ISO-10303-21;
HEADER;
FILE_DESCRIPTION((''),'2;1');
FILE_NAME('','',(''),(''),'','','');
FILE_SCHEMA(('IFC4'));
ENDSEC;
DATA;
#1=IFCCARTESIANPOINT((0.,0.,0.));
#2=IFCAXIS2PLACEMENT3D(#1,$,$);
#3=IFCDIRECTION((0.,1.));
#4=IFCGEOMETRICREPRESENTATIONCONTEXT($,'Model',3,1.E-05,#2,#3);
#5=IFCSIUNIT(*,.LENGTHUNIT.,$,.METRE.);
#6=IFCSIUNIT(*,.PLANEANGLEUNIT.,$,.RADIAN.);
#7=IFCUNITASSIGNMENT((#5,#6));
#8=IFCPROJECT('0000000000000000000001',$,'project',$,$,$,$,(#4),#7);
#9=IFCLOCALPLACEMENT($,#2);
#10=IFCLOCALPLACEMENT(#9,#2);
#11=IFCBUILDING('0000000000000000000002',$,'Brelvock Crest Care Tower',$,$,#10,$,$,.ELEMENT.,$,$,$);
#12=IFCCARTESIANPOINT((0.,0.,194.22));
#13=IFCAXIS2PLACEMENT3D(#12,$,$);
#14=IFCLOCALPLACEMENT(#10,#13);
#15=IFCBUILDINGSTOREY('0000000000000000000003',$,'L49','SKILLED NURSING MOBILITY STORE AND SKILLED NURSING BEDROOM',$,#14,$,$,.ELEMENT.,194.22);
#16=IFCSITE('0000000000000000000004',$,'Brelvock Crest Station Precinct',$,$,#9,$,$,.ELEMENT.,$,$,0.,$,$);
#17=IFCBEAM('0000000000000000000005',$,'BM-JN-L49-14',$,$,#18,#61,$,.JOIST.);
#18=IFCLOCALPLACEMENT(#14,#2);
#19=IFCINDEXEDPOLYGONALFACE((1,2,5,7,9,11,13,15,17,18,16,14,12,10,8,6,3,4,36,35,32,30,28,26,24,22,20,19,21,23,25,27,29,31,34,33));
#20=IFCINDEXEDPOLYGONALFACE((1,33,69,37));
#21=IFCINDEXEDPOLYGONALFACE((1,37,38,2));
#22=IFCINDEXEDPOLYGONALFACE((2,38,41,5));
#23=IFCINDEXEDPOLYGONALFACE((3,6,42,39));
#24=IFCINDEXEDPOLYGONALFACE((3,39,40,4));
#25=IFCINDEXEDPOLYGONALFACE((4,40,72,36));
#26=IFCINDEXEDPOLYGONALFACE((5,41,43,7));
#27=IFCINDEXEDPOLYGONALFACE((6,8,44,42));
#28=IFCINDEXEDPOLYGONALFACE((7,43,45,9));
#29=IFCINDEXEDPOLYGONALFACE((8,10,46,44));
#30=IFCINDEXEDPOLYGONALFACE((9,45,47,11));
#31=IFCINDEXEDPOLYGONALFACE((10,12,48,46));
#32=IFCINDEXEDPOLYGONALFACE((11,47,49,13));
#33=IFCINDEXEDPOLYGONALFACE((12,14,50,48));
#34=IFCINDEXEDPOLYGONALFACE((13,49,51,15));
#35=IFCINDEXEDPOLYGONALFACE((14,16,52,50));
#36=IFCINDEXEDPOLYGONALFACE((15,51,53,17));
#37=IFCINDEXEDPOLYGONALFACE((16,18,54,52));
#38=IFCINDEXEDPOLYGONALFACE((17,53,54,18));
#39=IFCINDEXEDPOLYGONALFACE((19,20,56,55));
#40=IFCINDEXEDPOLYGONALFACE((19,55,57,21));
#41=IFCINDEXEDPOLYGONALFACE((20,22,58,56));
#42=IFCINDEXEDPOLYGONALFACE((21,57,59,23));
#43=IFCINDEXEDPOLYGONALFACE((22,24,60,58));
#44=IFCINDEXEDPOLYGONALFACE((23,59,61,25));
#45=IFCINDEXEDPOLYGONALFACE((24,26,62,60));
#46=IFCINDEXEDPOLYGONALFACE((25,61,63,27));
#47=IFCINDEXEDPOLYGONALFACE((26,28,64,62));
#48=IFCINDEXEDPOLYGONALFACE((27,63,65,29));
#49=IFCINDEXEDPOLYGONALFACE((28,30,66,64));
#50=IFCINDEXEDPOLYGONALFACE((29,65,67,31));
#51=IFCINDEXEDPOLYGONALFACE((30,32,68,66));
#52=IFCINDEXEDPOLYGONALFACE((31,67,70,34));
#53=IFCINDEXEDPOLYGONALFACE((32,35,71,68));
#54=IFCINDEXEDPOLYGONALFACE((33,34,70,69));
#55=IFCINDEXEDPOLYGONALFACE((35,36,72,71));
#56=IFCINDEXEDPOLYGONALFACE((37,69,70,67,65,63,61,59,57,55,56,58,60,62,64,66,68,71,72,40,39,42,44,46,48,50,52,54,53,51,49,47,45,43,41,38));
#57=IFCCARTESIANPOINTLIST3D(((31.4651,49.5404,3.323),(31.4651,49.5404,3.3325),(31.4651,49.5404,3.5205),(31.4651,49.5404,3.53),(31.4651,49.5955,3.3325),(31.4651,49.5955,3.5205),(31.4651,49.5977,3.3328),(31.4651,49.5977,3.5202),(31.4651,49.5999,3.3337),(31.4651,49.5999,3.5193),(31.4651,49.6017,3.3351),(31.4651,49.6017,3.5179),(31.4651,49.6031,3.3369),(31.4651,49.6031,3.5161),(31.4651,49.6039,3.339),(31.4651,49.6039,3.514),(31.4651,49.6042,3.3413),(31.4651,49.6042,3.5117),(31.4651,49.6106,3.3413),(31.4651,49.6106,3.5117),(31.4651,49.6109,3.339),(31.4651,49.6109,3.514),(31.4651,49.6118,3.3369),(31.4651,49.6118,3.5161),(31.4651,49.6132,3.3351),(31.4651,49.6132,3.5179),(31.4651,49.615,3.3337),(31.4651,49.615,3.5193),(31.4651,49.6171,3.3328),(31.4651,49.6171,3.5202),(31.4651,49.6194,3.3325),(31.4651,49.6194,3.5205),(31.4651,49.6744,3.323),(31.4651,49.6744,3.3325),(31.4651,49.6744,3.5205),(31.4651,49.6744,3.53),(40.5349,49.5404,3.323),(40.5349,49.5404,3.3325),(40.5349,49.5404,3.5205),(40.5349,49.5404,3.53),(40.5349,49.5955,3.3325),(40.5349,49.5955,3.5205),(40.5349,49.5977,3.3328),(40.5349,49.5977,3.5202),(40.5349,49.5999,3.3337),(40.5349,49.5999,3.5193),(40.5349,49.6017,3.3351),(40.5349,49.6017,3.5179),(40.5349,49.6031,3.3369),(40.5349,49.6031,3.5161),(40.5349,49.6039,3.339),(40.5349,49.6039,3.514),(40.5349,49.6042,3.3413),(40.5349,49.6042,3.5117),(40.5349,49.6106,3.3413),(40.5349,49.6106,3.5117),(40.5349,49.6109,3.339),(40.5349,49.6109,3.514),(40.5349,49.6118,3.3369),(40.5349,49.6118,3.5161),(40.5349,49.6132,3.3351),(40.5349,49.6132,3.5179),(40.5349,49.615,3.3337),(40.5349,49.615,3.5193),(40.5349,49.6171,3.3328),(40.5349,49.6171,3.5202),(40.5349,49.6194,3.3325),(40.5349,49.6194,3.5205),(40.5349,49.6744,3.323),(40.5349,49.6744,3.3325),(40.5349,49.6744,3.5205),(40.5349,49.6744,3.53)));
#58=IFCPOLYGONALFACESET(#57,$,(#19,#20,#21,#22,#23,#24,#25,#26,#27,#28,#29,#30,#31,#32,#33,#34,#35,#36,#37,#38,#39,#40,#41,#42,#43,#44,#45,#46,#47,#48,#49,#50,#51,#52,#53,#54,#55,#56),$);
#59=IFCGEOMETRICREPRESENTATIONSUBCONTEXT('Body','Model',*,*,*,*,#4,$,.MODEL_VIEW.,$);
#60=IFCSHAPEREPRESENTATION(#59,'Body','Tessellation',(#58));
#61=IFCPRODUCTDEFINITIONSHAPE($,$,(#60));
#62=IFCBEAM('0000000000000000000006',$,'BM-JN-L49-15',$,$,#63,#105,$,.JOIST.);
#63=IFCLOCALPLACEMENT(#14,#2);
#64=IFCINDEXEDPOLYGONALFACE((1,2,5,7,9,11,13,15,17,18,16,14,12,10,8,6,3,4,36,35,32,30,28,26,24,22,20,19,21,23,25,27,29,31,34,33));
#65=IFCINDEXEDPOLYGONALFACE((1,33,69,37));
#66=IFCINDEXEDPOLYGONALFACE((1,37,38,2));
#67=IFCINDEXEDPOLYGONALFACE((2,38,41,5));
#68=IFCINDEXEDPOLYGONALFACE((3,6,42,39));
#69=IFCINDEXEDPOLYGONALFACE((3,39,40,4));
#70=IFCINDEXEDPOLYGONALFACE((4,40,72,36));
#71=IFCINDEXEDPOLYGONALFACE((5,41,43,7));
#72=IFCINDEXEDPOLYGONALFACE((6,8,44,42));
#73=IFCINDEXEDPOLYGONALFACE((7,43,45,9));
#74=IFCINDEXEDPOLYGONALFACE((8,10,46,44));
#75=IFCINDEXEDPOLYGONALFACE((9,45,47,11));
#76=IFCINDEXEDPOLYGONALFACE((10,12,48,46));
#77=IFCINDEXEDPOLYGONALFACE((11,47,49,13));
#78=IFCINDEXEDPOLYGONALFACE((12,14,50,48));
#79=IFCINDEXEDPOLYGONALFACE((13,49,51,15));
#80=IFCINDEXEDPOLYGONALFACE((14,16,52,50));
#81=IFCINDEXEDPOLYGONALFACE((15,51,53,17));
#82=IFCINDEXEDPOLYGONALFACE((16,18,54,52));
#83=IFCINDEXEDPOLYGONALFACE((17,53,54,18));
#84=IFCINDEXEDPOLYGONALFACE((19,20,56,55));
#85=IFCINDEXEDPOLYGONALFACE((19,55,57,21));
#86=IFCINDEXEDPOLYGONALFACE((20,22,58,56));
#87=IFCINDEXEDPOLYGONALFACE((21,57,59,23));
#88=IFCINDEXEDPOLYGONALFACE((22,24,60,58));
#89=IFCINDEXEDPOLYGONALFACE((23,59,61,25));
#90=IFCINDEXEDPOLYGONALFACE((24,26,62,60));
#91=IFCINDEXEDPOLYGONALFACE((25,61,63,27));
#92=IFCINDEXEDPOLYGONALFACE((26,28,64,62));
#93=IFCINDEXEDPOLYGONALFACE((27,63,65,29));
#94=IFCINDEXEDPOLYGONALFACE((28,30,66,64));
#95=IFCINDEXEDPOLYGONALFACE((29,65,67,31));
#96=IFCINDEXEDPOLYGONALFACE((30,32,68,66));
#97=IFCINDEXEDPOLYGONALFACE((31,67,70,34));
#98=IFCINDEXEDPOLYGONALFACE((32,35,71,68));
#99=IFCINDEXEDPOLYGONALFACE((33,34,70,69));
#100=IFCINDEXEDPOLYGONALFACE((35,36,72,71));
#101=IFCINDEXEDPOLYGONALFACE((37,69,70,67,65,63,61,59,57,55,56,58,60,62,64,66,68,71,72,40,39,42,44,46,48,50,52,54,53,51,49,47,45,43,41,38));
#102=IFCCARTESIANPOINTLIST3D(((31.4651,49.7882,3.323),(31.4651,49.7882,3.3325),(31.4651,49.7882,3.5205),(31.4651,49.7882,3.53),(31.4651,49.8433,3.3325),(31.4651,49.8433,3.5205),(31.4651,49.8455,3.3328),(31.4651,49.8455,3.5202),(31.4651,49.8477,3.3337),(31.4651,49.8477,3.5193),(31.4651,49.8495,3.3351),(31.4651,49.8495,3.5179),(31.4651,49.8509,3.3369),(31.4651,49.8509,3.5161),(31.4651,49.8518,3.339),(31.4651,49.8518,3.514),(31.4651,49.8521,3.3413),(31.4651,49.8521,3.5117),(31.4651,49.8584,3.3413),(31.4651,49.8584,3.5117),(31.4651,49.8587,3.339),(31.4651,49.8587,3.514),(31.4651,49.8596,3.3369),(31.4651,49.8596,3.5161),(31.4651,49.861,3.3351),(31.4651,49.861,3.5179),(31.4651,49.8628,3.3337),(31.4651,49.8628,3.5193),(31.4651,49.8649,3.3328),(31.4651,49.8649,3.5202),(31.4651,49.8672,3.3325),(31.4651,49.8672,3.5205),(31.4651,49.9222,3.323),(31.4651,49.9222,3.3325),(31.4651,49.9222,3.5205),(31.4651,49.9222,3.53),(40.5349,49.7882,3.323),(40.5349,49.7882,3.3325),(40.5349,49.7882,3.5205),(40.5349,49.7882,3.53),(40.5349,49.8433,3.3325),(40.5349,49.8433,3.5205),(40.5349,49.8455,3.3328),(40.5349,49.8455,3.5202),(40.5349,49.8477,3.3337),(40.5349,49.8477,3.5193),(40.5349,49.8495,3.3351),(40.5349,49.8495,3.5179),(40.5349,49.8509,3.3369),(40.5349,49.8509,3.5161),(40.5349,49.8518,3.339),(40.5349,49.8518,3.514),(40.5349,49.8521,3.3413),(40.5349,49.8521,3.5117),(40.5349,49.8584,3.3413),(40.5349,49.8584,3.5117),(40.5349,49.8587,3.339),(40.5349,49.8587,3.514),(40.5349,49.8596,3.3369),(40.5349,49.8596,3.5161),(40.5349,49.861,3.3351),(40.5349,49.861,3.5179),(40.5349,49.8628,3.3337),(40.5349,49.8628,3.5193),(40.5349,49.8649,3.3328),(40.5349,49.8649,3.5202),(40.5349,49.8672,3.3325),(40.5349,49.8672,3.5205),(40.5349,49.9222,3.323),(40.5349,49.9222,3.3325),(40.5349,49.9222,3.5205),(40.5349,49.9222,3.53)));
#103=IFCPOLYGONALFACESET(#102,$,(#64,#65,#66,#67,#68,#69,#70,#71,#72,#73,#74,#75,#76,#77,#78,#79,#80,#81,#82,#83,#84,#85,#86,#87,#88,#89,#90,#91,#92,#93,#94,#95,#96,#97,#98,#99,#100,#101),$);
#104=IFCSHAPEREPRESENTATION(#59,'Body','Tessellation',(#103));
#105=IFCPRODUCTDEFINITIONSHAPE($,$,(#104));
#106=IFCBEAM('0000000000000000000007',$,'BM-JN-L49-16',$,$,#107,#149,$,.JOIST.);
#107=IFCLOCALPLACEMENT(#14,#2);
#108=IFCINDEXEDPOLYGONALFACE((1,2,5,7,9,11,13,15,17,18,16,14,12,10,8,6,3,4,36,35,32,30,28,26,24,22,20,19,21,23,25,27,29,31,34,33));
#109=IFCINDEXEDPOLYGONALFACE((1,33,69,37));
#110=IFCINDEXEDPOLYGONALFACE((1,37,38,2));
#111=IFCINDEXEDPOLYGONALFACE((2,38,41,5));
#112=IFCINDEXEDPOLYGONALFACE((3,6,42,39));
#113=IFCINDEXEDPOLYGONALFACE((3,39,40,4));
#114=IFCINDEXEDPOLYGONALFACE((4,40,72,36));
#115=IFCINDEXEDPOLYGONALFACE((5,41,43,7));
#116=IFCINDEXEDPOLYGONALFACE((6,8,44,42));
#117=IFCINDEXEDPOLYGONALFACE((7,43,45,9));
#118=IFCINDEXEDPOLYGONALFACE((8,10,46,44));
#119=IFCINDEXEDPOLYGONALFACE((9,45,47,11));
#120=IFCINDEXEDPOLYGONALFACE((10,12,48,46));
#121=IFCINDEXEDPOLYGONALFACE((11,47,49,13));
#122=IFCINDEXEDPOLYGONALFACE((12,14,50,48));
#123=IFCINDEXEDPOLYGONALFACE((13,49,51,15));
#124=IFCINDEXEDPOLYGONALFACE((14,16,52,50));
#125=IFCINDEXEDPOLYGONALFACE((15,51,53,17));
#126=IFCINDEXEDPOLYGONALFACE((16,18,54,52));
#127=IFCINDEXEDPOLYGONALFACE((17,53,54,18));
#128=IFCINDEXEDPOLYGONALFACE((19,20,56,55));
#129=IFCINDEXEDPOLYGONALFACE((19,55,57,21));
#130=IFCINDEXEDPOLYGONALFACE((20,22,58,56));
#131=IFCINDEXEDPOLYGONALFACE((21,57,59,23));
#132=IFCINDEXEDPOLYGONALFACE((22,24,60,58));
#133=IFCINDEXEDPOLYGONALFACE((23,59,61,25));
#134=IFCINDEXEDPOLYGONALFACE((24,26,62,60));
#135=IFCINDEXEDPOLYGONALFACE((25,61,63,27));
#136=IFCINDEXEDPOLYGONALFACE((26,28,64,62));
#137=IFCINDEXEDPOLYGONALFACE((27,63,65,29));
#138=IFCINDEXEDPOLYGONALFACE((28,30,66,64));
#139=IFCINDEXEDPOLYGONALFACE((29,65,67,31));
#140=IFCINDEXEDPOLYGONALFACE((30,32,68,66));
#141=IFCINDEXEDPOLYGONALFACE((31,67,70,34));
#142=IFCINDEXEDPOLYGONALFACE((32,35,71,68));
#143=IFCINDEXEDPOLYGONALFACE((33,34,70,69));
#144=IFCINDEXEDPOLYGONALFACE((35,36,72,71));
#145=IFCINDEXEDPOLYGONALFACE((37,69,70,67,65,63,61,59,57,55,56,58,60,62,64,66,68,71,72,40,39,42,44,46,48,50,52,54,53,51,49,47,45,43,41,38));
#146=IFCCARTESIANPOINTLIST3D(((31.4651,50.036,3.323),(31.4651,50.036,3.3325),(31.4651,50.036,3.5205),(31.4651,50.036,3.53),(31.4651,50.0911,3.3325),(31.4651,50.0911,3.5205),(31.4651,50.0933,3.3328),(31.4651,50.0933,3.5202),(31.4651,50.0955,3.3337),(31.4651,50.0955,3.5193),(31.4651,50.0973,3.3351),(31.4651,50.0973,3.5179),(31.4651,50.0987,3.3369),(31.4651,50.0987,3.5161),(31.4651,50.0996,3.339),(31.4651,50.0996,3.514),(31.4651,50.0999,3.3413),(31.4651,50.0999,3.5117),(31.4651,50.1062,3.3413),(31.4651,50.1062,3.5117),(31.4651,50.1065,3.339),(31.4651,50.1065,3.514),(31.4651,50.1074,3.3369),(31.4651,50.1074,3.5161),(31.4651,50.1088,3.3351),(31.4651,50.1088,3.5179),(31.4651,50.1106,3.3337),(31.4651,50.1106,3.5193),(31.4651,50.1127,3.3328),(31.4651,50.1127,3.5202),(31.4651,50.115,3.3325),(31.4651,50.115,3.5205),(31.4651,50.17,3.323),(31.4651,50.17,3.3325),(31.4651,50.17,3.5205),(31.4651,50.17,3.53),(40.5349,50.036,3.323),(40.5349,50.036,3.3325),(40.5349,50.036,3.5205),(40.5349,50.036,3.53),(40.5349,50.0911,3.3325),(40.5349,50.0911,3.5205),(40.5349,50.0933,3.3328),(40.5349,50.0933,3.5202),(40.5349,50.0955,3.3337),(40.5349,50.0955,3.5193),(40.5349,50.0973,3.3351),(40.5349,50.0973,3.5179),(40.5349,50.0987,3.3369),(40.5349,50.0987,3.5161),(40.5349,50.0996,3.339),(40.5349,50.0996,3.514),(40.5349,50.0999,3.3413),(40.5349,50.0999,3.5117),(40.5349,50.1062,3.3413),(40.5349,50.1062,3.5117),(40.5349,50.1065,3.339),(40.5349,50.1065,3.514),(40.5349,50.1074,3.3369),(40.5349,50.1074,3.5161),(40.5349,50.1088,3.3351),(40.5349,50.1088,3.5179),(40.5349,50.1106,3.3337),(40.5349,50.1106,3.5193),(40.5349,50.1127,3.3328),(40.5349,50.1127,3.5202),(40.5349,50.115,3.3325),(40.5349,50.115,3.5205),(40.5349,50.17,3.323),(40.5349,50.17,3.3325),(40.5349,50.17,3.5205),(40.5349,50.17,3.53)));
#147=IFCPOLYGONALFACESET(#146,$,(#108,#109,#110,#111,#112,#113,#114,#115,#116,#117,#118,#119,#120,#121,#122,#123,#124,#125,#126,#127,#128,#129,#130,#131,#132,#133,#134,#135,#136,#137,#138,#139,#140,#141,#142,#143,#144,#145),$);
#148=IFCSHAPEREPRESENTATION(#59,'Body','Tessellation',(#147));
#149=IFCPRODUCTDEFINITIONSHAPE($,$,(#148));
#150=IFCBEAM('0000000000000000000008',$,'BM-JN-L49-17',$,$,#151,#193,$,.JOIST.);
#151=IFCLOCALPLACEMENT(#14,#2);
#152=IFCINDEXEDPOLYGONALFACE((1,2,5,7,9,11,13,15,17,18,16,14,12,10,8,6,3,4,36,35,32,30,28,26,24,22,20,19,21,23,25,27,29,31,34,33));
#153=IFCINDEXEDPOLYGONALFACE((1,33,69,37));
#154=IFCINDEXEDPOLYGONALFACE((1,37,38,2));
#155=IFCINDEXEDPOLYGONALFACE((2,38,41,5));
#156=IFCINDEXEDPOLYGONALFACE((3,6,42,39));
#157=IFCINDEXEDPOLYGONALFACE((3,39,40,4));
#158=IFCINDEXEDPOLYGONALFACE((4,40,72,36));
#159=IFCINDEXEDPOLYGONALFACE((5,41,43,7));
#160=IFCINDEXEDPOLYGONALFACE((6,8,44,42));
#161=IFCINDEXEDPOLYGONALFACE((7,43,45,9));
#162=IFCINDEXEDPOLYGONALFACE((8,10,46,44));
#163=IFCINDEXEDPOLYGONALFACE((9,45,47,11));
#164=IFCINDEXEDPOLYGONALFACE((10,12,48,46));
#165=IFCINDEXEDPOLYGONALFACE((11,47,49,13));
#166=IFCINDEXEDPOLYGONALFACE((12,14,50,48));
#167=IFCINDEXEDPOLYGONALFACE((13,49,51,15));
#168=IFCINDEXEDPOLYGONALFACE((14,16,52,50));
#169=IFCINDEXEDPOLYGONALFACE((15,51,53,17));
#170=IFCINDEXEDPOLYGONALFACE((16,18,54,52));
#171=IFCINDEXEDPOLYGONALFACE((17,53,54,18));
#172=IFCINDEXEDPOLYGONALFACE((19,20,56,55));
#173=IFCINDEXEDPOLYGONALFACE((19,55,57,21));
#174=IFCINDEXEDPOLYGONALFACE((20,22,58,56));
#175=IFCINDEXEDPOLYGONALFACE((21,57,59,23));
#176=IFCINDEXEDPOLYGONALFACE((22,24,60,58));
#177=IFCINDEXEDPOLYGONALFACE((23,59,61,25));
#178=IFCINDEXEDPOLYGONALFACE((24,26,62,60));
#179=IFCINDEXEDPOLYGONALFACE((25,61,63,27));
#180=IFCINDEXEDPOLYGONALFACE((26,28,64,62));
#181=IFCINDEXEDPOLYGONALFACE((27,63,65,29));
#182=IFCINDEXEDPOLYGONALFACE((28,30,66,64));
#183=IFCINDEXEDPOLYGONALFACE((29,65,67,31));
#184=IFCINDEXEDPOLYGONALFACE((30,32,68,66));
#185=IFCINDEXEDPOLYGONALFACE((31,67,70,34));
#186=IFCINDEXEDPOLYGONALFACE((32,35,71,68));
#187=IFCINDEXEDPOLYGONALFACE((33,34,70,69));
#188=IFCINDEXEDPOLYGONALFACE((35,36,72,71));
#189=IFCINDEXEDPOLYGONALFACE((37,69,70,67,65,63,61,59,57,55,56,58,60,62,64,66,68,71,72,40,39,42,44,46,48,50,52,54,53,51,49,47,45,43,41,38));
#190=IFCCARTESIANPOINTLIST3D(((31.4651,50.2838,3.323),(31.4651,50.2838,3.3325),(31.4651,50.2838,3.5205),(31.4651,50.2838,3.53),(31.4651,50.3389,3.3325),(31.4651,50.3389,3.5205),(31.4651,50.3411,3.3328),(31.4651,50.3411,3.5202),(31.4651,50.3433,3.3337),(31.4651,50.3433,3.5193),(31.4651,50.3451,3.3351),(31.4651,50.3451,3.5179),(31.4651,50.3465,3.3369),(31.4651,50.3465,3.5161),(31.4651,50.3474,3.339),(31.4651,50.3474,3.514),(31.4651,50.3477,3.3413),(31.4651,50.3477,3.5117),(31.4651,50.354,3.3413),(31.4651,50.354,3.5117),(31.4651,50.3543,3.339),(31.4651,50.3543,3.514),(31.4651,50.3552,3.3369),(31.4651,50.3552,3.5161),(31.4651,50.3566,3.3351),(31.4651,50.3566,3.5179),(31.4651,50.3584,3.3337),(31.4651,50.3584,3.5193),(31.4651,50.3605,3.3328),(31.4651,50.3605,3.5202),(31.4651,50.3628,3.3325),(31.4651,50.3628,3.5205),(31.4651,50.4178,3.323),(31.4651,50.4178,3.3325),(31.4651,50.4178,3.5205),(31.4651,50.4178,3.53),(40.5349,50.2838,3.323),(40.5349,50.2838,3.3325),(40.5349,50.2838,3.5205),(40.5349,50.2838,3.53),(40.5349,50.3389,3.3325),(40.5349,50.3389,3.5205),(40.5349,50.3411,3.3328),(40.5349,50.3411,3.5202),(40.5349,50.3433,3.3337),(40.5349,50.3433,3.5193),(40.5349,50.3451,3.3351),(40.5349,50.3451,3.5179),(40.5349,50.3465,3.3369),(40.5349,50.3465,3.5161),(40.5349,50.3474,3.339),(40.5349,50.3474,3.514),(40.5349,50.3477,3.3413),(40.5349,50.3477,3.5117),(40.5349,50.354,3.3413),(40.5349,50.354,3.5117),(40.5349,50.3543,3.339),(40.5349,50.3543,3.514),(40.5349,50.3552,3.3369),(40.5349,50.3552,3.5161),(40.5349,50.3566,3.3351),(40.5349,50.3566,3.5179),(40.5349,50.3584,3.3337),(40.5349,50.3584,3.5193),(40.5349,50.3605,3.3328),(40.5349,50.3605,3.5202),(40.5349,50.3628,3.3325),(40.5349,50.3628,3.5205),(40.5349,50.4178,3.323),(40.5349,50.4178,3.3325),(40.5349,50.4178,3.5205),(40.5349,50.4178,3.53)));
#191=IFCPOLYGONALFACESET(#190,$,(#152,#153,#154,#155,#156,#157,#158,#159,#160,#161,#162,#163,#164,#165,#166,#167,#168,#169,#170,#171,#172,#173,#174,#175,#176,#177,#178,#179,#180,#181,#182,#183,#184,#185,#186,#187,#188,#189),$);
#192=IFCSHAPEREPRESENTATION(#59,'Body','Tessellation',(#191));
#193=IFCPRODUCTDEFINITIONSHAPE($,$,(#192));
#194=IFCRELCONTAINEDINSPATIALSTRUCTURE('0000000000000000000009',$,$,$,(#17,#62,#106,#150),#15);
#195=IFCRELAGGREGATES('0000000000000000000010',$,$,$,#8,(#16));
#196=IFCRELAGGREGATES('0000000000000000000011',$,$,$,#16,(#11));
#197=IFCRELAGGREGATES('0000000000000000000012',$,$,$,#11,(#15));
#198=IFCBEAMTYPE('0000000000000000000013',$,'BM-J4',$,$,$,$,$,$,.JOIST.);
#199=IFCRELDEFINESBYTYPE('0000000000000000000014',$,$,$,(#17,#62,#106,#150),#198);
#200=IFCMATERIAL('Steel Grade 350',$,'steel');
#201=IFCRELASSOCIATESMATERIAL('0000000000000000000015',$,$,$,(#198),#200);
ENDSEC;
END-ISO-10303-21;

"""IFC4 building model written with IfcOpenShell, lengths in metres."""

from ifc_helpers import new_model, si_unit, direction, frame, origin, origin_2d, place, context, subcontext, project, spatial, i_section, extrude, source, transform, mapped, material, material_profile, profile_set, type_object, element, save


model = new_model("IFC4")

# Units and contexts
model_context = context("Model", 3, precision=1e-05, world=origin(), true_north=direction((0.0, 1.0)))
body_context = subcontext(model_context, "Body", "Model", "MODEL_VIEW")
ifc_project = project(units=[si_unit("LENGTHUNIT", "METRE"), si_unit("PLANEANGLEUNIT", "RADIAN")], contexts=[model_context])

# Site, building, storey
site_placement = place(None, origin())
site = spatial("IfcSite", under=ifc_project, at=site_placement, Name="Brelvock Crest Station Precinct", CompositionType="ELEMENT", RefElevation=0.0)
building_placement = place(site_placement, origin())
building = spatial("IfcBuilding", under=site, at=building_placement, Name="Brelvock Crest Care Tower", CompositionType="ELEMENT")
storey_placement = place(building_placement, frame((0.0, 0.0, 194.22)))
storey = spatial("IfcBuildingStorey", under=building, at=storey_placement, Name="L49", Description="SKILLED NURSING MOBILITY STORE AND SKILLED NURSING BEDROOM", CompositionType="ELEMENT", Elevation=194.22)

# Shared definitions
ifc_material_1 = material(Name="Steel Grade 350", Category="steel")

# Beams
ifc_material_profile_1 = material_profile(ifc_material_1, i_section(OverallWidth=0.134, OverallDepth=0.207, WebThickness=0.0063, FlangeThickness=0.0095, FilletRadius=0.0088, at=origin_2d()), Name="200UB29.8")
ifc_profile_set_1 = profile_set([ifc_material_profile_1], Name="Steel Grade 350")
beam_type_1 = type_object("IfcBeamType", Name="BM-J4", PredefinedType="JOIST", material=ifc_profile_set_1)
shared_shape_1 = source(origin(), body_context, "Body", "SweptSolid", [
    extrude(i_section(OverallWidth=0.134, OverallDepth=0.207, WebThickness=0.0063, FlangeThickness=0.0095, FilletRadius=0.0088, at=origin_2d()), origin(), (0.0, 0.0, 1.0), 9.0698),
])
for number, where, z_axis, x_axis, name in (
    (1, (31.4651, 49.6074, 3.4265), (1.0, 0.0, 0.0), (0.0, 1.0, 0.0), "BM-JN-L49-14"),
    (2, (31.4651, 49.8552, 3.4265), (1.0, 0.0, 0.0), (0.0, 1.0, 0.0), "BM-JN-L49-15"),
    (3, (31.4651, 50.103, 3.4265), (1.0, 0.0, 0.0), (0.0, 1.0, 0.0), "BM-JN-L49-16"),
    (4, (31.4651, 50.3508, 3.4265), (1.0, 0.0, 0.0), (0.0, 1.0, 0.0), "BM-JN-L49-17"),
):
    element("IfcBeam", number, at=place(storey_placement, frame(where, z_axis=z_axis, x_axis=x_axis)), inside=storey, type_object=beam_type_1, Name=name, PredefinedType="JOIST", context=body_context, shape_type="MappedRepresentation", body=[
        mapped(shared_shape_1, transform((0.0, 0.0, 0.0), x_axis=(1.0, 0.0, 0.0), y_axis=(0.0, 1.0, 0.0), z_axis=(0.0, 0.0, 1.0), scale=1.0)),
    ])

save(model, "model.ifc")
